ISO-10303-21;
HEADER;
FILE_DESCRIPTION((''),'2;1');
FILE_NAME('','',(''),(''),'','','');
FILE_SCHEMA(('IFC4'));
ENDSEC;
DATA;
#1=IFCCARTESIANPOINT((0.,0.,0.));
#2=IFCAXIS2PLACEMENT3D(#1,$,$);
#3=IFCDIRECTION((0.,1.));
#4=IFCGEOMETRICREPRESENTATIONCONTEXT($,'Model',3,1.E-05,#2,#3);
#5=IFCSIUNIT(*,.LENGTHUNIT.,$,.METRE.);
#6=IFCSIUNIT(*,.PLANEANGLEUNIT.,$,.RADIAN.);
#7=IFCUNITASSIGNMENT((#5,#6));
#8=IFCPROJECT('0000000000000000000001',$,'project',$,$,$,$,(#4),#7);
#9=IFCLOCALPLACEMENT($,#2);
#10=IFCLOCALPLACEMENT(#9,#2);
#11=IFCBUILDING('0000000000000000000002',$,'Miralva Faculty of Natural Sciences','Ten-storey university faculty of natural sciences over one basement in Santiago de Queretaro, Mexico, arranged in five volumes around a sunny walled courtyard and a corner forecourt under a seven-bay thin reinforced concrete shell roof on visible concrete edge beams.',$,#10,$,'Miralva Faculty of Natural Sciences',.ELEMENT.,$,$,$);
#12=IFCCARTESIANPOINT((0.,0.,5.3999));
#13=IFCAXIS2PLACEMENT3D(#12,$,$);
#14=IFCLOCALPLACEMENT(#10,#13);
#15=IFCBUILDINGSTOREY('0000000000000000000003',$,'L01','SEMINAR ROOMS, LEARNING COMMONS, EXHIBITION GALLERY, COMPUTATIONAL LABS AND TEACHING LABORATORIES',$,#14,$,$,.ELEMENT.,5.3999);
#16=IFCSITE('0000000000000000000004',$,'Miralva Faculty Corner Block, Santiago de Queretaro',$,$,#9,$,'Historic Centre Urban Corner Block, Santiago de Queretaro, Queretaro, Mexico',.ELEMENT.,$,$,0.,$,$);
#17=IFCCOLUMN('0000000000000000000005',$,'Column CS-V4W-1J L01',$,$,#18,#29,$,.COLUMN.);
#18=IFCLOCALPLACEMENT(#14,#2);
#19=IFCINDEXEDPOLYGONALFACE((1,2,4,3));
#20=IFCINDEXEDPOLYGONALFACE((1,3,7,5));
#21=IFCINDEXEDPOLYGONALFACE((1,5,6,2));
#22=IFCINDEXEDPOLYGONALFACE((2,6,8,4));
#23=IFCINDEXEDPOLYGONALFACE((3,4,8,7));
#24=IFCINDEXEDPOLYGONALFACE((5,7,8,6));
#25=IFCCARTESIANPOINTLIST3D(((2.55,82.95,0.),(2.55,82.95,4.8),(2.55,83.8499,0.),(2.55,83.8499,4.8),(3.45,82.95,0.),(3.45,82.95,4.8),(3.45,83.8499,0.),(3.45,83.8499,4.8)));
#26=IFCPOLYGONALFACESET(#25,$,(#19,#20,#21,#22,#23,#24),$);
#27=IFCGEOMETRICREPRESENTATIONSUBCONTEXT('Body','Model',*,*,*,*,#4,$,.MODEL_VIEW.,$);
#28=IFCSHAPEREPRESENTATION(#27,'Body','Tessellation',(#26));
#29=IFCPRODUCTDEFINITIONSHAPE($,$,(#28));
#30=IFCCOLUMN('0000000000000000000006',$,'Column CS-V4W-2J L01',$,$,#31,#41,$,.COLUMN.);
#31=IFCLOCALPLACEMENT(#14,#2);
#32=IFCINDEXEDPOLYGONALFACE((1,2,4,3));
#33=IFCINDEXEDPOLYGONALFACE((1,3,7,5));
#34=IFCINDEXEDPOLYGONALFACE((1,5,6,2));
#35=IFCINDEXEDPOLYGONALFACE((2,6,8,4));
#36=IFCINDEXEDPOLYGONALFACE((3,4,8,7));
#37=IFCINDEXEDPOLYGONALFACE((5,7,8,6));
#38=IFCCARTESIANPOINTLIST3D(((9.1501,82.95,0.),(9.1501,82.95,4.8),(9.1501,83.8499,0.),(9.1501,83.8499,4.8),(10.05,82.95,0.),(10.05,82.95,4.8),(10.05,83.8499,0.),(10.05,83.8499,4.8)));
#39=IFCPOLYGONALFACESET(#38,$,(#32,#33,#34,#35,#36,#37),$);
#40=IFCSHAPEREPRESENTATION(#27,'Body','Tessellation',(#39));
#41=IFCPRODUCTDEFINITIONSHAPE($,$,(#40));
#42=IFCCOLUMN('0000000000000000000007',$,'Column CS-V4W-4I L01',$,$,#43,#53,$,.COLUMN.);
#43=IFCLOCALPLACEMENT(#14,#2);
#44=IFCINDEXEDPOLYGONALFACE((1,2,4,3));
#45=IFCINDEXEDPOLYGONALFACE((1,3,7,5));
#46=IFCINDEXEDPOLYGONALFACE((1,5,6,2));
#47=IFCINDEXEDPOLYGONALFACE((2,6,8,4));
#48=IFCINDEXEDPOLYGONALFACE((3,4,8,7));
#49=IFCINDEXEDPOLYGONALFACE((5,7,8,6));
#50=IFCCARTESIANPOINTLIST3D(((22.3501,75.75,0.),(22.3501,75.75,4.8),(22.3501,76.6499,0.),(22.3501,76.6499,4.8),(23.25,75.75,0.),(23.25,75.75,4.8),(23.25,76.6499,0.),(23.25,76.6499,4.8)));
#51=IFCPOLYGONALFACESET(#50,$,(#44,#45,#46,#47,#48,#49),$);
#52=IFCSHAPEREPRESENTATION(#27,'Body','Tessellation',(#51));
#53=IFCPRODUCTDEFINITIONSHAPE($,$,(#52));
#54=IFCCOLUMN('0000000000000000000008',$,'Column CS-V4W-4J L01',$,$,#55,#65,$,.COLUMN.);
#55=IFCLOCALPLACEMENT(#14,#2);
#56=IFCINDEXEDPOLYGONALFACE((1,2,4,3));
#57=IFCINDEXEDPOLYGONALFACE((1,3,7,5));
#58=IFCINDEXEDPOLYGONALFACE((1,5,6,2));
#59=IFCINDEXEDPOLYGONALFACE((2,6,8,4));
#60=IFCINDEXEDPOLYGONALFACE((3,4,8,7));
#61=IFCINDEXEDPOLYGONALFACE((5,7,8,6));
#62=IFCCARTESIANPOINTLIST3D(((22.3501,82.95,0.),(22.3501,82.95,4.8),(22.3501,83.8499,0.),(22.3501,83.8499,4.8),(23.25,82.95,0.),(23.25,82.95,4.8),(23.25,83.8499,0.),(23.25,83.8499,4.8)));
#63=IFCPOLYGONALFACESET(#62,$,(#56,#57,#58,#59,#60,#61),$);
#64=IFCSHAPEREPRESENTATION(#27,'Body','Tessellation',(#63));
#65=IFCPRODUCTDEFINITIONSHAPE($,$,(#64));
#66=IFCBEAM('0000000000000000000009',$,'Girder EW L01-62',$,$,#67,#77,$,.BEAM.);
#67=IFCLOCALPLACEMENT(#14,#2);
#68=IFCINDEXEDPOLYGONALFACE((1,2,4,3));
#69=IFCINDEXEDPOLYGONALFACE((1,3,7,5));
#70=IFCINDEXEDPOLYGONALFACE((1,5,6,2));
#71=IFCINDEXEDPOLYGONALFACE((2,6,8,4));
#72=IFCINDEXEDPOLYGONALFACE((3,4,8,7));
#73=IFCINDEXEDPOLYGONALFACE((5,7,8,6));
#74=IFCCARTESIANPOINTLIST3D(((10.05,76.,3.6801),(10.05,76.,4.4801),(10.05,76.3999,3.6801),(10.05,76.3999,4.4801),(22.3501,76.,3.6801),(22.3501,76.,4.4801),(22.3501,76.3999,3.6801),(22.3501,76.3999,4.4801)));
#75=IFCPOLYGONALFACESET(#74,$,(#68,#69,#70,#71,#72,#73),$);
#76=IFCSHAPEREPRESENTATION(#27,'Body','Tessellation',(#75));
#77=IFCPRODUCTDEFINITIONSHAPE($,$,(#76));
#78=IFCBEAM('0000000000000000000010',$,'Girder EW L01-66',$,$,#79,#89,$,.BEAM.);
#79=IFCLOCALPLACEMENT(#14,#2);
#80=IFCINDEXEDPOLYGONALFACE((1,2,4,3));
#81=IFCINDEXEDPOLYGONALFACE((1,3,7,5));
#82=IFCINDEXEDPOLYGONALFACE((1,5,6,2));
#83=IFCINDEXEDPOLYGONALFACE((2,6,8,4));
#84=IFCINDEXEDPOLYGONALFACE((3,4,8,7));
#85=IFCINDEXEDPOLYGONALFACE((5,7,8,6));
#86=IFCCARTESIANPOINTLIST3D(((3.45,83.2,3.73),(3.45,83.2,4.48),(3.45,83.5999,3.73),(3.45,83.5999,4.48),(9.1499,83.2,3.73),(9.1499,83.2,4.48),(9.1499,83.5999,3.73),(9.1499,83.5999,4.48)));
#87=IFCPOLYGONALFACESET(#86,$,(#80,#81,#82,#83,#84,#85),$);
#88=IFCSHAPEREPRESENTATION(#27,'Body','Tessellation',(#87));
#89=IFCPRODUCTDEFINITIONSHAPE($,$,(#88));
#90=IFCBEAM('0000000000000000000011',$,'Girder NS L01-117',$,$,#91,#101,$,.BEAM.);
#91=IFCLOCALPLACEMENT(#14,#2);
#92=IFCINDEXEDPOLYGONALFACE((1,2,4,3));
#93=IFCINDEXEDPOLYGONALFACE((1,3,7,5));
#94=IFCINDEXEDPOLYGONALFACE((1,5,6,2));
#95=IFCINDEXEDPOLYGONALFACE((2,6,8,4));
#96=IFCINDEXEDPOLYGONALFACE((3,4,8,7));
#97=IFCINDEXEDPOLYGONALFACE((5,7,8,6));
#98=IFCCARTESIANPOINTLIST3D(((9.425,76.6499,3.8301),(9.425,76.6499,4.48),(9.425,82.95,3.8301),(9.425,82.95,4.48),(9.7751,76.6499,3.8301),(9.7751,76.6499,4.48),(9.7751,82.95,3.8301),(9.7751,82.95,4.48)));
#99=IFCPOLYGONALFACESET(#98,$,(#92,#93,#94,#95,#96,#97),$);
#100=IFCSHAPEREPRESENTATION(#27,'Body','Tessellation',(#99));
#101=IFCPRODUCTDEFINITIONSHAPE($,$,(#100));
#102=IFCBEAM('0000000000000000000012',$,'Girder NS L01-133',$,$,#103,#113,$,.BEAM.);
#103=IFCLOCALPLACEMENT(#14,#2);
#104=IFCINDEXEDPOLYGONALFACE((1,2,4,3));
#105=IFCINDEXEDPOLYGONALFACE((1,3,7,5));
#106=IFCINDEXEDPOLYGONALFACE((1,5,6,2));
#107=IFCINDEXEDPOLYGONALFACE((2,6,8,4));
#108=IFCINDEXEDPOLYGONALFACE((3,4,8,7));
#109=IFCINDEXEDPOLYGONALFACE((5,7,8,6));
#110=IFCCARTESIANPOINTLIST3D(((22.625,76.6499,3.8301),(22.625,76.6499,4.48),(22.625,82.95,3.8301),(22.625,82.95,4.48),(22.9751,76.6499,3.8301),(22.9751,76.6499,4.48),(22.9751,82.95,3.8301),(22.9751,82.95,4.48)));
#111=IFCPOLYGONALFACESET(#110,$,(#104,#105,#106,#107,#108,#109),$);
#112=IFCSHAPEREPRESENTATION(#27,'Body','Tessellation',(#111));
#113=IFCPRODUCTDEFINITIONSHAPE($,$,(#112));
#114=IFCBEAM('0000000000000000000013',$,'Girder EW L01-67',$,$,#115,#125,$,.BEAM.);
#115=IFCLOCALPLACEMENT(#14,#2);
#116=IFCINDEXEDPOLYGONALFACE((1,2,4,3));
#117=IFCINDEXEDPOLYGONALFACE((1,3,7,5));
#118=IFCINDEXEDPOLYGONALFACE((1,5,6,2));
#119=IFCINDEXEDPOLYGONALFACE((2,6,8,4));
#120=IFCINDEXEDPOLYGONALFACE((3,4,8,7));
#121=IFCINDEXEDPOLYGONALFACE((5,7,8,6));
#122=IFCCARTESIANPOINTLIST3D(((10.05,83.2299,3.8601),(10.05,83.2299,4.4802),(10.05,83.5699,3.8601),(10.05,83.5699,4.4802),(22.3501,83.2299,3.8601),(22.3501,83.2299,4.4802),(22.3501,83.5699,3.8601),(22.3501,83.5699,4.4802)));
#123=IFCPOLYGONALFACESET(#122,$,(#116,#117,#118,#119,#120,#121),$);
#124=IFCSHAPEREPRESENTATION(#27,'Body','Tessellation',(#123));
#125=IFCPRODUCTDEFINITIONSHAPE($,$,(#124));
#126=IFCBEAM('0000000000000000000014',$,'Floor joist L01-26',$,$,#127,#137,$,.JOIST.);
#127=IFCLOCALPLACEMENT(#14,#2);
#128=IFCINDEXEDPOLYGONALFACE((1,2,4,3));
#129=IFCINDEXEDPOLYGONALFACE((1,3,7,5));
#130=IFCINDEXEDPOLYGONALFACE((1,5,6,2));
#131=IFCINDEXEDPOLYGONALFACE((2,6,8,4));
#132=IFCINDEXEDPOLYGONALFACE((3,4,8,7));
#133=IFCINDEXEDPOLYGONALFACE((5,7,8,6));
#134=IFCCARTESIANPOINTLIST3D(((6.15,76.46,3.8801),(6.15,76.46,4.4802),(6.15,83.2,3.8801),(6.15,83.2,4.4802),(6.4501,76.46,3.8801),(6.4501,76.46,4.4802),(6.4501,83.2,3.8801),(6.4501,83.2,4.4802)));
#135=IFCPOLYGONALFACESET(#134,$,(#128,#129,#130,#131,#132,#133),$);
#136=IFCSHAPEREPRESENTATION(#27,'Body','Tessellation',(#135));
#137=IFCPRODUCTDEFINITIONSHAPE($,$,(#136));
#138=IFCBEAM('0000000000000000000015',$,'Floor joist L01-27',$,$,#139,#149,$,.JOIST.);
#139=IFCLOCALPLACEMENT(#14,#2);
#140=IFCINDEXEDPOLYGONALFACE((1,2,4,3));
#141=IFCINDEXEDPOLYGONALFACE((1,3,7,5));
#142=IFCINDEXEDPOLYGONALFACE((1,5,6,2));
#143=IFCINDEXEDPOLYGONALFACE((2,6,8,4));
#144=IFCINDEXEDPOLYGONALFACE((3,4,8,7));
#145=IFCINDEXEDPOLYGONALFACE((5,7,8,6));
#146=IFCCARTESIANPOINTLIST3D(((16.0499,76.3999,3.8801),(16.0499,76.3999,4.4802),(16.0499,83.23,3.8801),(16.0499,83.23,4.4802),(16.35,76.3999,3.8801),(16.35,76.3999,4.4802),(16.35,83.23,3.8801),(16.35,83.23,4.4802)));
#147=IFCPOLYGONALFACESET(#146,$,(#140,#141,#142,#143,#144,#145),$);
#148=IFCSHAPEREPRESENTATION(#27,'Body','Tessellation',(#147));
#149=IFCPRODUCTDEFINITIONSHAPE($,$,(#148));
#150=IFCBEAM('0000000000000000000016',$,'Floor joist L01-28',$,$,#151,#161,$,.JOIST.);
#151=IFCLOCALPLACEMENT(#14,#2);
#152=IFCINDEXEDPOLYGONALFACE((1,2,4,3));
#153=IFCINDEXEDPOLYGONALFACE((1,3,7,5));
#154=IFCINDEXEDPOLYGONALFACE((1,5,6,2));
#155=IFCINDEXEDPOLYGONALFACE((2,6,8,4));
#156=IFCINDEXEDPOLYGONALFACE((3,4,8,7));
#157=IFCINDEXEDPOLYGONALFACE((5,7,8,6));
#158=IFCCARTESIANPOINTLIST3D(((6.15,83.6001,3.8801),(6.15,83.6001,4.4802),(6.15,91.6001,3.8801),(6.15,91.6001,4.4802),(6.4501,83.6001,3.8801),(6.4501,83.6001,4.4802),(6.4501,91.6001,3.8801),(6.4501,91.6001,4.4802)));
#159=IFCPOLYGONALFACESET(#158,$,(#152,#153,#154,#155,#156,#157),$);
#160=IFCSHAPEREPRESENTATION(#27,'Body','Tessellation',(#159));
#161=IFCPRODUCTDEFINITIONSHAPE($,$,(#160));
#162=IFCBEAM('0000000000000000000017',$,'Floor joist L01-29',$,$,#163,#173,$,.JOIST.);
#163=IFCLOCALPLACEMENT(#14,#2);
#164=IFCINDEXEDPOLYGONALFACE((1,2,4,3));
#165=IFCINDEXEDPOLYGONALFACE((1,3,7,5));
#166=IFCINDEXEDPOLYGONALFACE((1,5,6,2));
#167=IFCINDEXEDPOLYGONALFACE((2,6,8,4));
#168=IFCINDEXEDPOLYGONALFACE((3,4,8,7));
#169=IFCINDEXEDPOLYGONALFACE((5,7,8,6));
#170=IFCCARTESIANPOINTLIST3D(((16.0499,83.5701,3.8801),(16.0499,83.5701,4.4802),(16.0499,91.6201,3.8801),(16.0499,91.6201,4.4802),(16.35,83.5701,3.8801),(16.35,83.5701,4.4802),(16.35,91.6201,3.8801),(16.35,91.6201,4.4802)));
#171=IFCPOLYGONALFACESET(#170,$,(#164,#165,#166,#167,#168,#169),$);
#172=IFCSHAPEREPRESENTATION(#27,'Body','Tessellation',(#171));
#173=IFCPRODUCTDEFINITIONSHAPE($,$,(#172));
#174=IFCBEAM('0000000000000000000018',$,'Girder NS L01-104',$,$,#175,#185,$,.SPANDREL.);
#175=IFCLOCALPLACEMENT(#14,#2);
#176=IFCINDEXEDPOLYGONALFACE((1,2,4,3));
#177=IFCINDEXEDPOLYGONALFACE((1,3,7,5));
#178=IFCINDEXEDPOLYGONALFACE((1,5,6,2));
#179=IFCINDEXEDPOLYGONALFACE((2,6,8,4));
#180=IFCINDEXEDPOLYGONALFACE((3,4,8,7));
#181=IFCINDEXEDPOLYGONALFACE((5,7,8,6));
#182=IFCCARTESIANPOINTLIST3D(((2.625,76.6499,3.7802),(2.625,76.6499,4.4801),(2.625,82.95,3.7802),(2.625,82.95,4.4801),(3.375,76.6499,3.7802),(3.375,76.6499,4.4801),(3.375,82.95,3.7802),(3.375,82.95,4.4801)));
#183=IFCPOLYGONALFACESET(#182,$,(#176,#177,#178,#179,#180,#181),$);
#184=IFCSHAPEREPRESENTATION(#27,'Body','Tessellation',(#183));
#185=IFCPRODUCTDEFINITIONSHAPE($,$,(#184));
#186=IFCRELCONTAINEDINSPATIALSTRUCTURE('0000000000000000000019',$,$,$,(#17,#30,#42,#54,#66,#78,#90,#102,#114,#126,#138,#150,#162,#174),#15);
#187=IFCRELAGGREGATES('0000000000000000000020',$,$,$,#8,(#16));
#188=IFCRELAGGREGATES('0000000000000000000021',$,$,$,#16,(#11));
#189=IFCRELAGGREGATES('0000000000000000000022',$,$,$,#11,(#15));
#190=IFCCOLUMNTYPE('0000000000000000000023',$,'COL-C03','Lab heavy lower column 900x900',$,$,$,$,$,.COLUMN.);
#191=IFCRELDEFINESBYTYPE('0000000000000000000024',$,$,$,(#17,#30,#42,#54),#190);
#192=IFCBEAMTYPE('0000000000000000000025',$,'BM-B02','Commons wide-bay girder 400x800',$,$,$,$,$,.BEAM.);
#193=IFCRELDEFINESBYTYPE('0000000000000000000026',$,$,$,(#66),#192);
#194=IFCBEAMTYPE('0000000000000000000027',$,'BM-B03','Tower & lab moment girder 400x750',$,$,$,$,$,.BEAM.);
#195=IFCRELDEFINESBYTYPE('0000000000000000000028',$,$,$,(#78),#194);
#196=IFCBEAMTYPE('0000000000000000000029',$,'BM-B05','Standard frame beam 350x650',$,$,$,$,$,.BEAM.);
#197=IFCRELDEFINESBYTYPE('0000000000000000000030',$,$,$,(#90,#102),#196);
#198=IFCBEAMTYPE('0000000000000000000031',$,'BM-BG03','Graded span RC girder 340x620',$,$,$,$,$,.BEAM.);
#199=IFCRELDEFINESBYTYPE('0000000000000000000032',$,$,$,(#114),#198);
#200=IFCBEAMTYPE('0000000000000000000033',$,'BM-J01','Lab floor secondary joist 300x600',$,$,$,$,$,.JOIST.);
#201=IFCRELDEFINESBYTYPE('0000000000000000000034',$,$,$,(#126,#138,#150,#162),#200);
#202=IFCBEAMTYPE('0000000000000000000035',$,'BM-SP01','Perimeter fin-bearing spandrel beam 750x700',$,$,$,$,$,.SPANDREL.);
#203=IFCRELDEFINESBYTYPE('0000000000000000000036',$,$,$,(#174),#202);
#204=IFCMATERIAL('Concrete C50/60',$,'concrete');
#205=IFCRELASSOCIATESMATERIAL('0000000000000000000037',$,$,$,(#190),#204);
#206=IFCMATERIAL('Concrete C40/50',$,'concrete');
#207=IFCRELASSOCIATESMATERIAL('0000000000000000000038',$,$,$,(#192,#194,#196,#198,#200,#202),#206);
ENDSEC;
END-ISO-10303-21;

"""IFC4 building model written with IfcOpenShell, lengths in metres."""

from ifc_helpers import new_model, si_unit, direction, frame, origin, origin_2d, place, context, subcontext, project, spatial, rectangle, extrude, material, material_profile, profile_set, type_object, element, save


model = new_model("IFC4")

# Units and contexts
model_context = context("Model", 3, precision=1e-05, world=origin(), true_north=direction((0.0, 1.0)))
body_context = subcontext(model_context, "Body", "Model", "MODEL_VIEW")
ifc_project = project(units=[si_unit("LENGTHUNIT", "METRE"), si_unit("PLANEANGLEUNIT", "RADIAN")], contexts=[model_context])

# Site, building, storey
site_placement = place(None, origin())
site = spatial("IfcSite", under=ifc_project, at=site_placement, Name="Miralva Faculty Corner Block, Santiago de Queretaro", LongName="Historic Centre Urban Corner Block, Santiago de Queretaro, Queretaro, Mexico", CompositionType="ELEMENT", RefElevation=0.0)
building_placement = place(site_placement, origin())
building = spatial("IfcBuilding", under=site, at=building_placement, Name="Miralva Faculty of Natural Sciences", Description="Ten-storey university faculty of natural sciences over one basement in Santiago de Queretaro, Mexico, arranged in five volumes around a sunny walled courtyard and a corner forecourt under a seven-bay thin reinforced concrete shell roof on visible concrete edge beams.", LongName="Miralva Faculty of Natural Sciences", CompositionType="ELEMENT")
storey_placement = place(building_placement, frame((0.0, 0.0, 5.3999)))
storey = spatial("IfcBuildingStorey", under=building, at=storey_placement, Name="L01", Description="SEMINAR ROOMS, LEARNING COMMONS, EXHIBITION GALLERY, COMPUTATIONAL LABS AND TEACHING LABORATORIES", CompositionType="ELEMENT", Elevation=5.3999)

# Columns
ifc_material_1 = material(Name="Concrete C50/60", Category="concrete")
ifc_material_profile_1 = material_profile(ifc_material_1, rectangle(XDim=0.8999, YDim=0.8999, at=origin_2d()), Name="RC 900x900")
ifc_profile_set_1 = profile_set([ifc_material_profile_1], Name="Concrete C50/60")
column_type = type_object("IfcColumnType", Name="COL-C03", Description="Lab heavy lower column 900x900", PredefinedType="COLUMN", material=ifc_profile_set_1)
for number, where, z_axis, x_axis, name in (
    (1, (3.0, 83.3999, 0.0), (0.0, 0.0, 1.0), (1.0, 0.0, 0.0), "Column CS-V4W-1J L01"),
    (2, (9.6001, 83.3999, 0.0), (0.0, 0.0, 1.0), (1.0, 0.0, 0.0), "Column CS-V4W-2J L01"),
    (3, (22.8, 76.2, 0.0), (0.0, 0.0, 1.0), (1.0, 0.0, 0.0), "Column CS-V4W-4I L01"),
    (4, (22.8, 83.3999, 0.0), (0.0, 0.0, 1.0), (1.0, 0.0, 0.0), "Column CS-V4W-4J L01"),
):
    element("IfcColumn", number, at=place(storey_placement, frame(where, z_axis=z_axis, x_axis=x_axis)), inside=storey, type_object=column_type, Name=name, PredefinedType="COLUMN", context=body_context, shape_type="SweptSolid", body=[
        extrude(rectangle(XDim=0.8999, YDim=0.8999, at=origin_2d()), origin(), (0.0, 0.0, 1.0), 4.8),
    ])

# Beams
ifc_material_2 = material(Name="Concrete C40/50", Category="concrete")
ifc_material_profile_2 = material_profile(ifc_material_2, rectangle(XDim=0.3999, YDim=0.8, at=origin_2d()), Name="RC 400x800")
ifc_profile_set_2 = profile_set([ifc_material_profile_2], Name="Concrete C40/50")
beam_type_1 = type_object("IfcBeamType", Name="BM-B02", Description="Commons wide-bay girder 400x800", PredefinedType="BEAM", material=ifc_profile_set_2)
beam_1_placement = place(storey_placement, frame((10.05, 76.2, 4.0801), z_axis=(1.0, 0.0, 0.0), x_axis=(0.0, 1.0, 0.0)))
element("IfcBeam", 5, at=beam_1_placement, inside=storey, type_object=beam_type_1, Name="Girder EW L01-62", PredefinedType="BEAM", context=body_context, shape_type="SweptSolid", body=[
    extrude(rectangle(XDim=0.3999, YDim=0.8, at=origin_2d()), origin(), (0.0, 0.0, 1.0), 12.3),
])
ifc_material_profile_3 = material_profile(ifc_material_2, rectangle(XDim=0.3999, YDim=0.75, at=origin_2d()), Name="RC 400x750")
ifc_profile_set_3 = profile_set([ifc_material_profile_3], Name="Concrete C40/50")
beam_type_2 = type_object("IfcBeamType", Name="BM-B03", Description="Tower & lab moment girder 400x750", PredefinedType="BEAM", material=ifc_profile_set_3)
beam_2_placement = place(storey_placement, frame((3.45, 83.3999, 4.105), z_axis=(1.0, 0.0, 0.0), x_axis=(0.0, 1.0, 0.0)))
element("IfcBeam", 6, at=beam_2_placement, inside=storey, type_object=beam_type_2, Name="Girder EW L01-66", PredefinedType="BEAM", context=body_context, shape_type="SweptSolid", body=[
    extrude(rectangle(XDim=0.3999, YDim=0.75, at=origin_2d()), origin(), (0.0, 0.0, 1.0), 5.7),
])
ifc_material_profile_4 = material_profile(ifc_material_2, rectangle(XDim=0.3501, YDim=0.6499, at=origin_2d()), Name="RC 350x650")
ifc_profile_set_4 = profile_set([ifc_material_profile_4], Name="Concrete C40/50")
beam_type_3 = type_object("IfcBeamType", Name="BM-B05", Description="Standard frame beam 350x650", PredefinedType="BEAM", material=ifc_profile_set_4)
for number, where, z_axis, x_axis, name in (
    (7, (9.6001, 76.6499, 4.155), (0.0, 1.0, 0.0), (-1.0, 0.0, 0.0), "Girder NS L01-117"),
    (8, (22.8, 76.6499, 4.155), (0.0, 1.0, 0.0), (-1.0, 0.0, 0.0), "Girder NS L01-133"),
):
    element("IfcBeam", number, at=place(storey_placement, frame(where, z_axis=z_axis, x_axis=x_axis)), inside=storey, type_object=beam_type_3, Name=name, PredefinedType="BEAM", context=body_context, shape_type="SweptSolid", body=[
        extrude(rectangle(XDim=0.3501, YDim=0.6499, at=origin_2d()), origin(), (0.0, 0.0, 1.0), 6.3),
    ])
ifc_material_profile_5 = material_profile(ifc_material_2, rectangle(XDim=0.3401, YDim=0.6201, at=origin_2d()), Name="RC 340x620")
ifc_profile_set_5 = profile_set([ifc_material_profile_5], Name="Concrete C40/50")
beam_type_4 = type_object("IfcBeamType", Name="BM-BG03", Description="Graded span RC girder 340x620", PredefinedType="BEAM", material=ifc_profile_set_5)
beam_3_placement = place(storey_placement, frame((10.05, 83.3999, 4.1702), z_axis=(1.0, 0.0, 0.0), x_axis=(0.0, 1.0, 0.0)))
element("IfcBeam", 9, at=beam_3_placement, inside=storey, type_object=beam_type_4, Name="Girder EW L01-67", PredefinedType="BEAM", context=body_context, shape_type="SweptSolid", body=[
    extrude(rectangle(XDim=0.3401, YDim=0.6201, at=origin_2d()), origin(), (0.0, 0.0, 1.0), 12.3),
])
ifc_material_profile_6 = material_profile(ifc_material_2, rectangle(XDim=0.3, YDim=0.6001, at=origin_2d()), Name="RC 300x600")
ifc_profile_set_6 = profile_set([ifc_material_profile_6], Name="Concrete C40/50")
beam_type_5 = type_object("IfcBeamType", Name="BM-J01", Description="Lab floor secondary joist 300x600", PredefinedType="JOIST", material=ifc_profile_set_6)
beam_4_placement = place(storey_placement, frame((6.3, 76.46, 4.1802), z_axis=(0.0, 1.0, 0.0), x_axis=(-1.0, 0.0, 0.0)))
element("IfcBeam", 10, at=beam_4_placement, inside=storey, type_object=beam_type_5, Name="Floor joist L01-26", PredefinedType="JOIST", context=body_context, shape_type="SweptSolid", body=[
    extrude(rectangle(XDim=0.3, YDim=0.6001, at=origin_2d()), origin(), (0.0, 0.0, 1.0), 6.74),
])
beam_5_placement = place(storey_placement, frame((16.2, 76.3999, 4.1802), z_axis=(0.0, 1.0, 0.0), x_axis=(-1.0, 0.0, 0.0)))
element("IfcBeam", 11, at=beam_5_placement, inside=storey, type_object=beam_type_5, Name="Floor joist L01-27", PredefinedType="JOIST", context=body_context, shape_type="SweptSolid", body=[
    extrude(rectangle(XDim=0.3, YDim=0.6001, at=origin_2d()), origin(), (0.0, 0.0, 1.0), 6.8301),
])
beam_6_placement = place(storey_placement, frame((6.3, 83.6001, 4.1802), z_axis=(0.0, 1.0, 0.0), x_axis=(-1.0, 0.0, 0.0)))
element("IfcBeam", 12, at=beam_6_placement, inside=storey, type_object=beam_type_5, Name="Floor joist L01-28", PredefinedType="JOIST", context=body_context, shape_type="SweptSolid", body=[
    extrude(rectangle(XDim=0.3, YDim=0.6001, at=origin_2d()), origin(), (0.0, 0.0, 1.0), 8.0),
])
beam_7_placement = place(storey_placement, frame((16.2, 83.5701, 4.1802), z_axis=(0.0, 1.0, 0.0), x_axis=(-1.0, 0.0, 0.0)))
element("IfcBeam", 13, at=beam_7_placement, inside=storey, type_object=beam_type_5, Name="Floor joist L01-29", PredefinedType="JOIST", context=body_context, shape_type="SweptSolid", body=[
    extrude(rectangle(XDim=0.3, YDim=0.6001, at=origin_2d()), origin(), (0.0, 0.0, 1.0), 8.05),
])
ifc_material_profile_7 = material_profile(ifc_material_2, rectangle(XDim=0.75, YDim=0.7, at=origin_2d()), Name="RC 750x700")
ifc_profile_set_7 = profile_set([ifc_material_profile_7], Name="Concrete C40/50")
beam_type_6 = type_object("IfcBeamType", Name="BM-SP01", Description="Perimeter fin-bearing spandrel beam 750x700", PredefinedType="SPANDREL", material=ifc_profile_set_7)
beam_8_placement = place(storey_placement, frame((3.0, 76.6499, 4.1301), z_axis=(0.0, 1.0, 0.0), x_axis=(-1.0, 0.0, 0.0)))
element("IfcBeam", 14, at=beam_8_placement, inside=storey, type_object=beam_type_6, Name="Girder NS L01-104", PredefinedType="SPANDREL", context=body_context, shape_type="SweptSolid", body=[
    extrude(rectangle(XDim=0.75, YDim=0.7, at=origin_2d()), origin(), (0.0, 0.0, 1.0), 6.3),
])

save(model, "model.ifc")
